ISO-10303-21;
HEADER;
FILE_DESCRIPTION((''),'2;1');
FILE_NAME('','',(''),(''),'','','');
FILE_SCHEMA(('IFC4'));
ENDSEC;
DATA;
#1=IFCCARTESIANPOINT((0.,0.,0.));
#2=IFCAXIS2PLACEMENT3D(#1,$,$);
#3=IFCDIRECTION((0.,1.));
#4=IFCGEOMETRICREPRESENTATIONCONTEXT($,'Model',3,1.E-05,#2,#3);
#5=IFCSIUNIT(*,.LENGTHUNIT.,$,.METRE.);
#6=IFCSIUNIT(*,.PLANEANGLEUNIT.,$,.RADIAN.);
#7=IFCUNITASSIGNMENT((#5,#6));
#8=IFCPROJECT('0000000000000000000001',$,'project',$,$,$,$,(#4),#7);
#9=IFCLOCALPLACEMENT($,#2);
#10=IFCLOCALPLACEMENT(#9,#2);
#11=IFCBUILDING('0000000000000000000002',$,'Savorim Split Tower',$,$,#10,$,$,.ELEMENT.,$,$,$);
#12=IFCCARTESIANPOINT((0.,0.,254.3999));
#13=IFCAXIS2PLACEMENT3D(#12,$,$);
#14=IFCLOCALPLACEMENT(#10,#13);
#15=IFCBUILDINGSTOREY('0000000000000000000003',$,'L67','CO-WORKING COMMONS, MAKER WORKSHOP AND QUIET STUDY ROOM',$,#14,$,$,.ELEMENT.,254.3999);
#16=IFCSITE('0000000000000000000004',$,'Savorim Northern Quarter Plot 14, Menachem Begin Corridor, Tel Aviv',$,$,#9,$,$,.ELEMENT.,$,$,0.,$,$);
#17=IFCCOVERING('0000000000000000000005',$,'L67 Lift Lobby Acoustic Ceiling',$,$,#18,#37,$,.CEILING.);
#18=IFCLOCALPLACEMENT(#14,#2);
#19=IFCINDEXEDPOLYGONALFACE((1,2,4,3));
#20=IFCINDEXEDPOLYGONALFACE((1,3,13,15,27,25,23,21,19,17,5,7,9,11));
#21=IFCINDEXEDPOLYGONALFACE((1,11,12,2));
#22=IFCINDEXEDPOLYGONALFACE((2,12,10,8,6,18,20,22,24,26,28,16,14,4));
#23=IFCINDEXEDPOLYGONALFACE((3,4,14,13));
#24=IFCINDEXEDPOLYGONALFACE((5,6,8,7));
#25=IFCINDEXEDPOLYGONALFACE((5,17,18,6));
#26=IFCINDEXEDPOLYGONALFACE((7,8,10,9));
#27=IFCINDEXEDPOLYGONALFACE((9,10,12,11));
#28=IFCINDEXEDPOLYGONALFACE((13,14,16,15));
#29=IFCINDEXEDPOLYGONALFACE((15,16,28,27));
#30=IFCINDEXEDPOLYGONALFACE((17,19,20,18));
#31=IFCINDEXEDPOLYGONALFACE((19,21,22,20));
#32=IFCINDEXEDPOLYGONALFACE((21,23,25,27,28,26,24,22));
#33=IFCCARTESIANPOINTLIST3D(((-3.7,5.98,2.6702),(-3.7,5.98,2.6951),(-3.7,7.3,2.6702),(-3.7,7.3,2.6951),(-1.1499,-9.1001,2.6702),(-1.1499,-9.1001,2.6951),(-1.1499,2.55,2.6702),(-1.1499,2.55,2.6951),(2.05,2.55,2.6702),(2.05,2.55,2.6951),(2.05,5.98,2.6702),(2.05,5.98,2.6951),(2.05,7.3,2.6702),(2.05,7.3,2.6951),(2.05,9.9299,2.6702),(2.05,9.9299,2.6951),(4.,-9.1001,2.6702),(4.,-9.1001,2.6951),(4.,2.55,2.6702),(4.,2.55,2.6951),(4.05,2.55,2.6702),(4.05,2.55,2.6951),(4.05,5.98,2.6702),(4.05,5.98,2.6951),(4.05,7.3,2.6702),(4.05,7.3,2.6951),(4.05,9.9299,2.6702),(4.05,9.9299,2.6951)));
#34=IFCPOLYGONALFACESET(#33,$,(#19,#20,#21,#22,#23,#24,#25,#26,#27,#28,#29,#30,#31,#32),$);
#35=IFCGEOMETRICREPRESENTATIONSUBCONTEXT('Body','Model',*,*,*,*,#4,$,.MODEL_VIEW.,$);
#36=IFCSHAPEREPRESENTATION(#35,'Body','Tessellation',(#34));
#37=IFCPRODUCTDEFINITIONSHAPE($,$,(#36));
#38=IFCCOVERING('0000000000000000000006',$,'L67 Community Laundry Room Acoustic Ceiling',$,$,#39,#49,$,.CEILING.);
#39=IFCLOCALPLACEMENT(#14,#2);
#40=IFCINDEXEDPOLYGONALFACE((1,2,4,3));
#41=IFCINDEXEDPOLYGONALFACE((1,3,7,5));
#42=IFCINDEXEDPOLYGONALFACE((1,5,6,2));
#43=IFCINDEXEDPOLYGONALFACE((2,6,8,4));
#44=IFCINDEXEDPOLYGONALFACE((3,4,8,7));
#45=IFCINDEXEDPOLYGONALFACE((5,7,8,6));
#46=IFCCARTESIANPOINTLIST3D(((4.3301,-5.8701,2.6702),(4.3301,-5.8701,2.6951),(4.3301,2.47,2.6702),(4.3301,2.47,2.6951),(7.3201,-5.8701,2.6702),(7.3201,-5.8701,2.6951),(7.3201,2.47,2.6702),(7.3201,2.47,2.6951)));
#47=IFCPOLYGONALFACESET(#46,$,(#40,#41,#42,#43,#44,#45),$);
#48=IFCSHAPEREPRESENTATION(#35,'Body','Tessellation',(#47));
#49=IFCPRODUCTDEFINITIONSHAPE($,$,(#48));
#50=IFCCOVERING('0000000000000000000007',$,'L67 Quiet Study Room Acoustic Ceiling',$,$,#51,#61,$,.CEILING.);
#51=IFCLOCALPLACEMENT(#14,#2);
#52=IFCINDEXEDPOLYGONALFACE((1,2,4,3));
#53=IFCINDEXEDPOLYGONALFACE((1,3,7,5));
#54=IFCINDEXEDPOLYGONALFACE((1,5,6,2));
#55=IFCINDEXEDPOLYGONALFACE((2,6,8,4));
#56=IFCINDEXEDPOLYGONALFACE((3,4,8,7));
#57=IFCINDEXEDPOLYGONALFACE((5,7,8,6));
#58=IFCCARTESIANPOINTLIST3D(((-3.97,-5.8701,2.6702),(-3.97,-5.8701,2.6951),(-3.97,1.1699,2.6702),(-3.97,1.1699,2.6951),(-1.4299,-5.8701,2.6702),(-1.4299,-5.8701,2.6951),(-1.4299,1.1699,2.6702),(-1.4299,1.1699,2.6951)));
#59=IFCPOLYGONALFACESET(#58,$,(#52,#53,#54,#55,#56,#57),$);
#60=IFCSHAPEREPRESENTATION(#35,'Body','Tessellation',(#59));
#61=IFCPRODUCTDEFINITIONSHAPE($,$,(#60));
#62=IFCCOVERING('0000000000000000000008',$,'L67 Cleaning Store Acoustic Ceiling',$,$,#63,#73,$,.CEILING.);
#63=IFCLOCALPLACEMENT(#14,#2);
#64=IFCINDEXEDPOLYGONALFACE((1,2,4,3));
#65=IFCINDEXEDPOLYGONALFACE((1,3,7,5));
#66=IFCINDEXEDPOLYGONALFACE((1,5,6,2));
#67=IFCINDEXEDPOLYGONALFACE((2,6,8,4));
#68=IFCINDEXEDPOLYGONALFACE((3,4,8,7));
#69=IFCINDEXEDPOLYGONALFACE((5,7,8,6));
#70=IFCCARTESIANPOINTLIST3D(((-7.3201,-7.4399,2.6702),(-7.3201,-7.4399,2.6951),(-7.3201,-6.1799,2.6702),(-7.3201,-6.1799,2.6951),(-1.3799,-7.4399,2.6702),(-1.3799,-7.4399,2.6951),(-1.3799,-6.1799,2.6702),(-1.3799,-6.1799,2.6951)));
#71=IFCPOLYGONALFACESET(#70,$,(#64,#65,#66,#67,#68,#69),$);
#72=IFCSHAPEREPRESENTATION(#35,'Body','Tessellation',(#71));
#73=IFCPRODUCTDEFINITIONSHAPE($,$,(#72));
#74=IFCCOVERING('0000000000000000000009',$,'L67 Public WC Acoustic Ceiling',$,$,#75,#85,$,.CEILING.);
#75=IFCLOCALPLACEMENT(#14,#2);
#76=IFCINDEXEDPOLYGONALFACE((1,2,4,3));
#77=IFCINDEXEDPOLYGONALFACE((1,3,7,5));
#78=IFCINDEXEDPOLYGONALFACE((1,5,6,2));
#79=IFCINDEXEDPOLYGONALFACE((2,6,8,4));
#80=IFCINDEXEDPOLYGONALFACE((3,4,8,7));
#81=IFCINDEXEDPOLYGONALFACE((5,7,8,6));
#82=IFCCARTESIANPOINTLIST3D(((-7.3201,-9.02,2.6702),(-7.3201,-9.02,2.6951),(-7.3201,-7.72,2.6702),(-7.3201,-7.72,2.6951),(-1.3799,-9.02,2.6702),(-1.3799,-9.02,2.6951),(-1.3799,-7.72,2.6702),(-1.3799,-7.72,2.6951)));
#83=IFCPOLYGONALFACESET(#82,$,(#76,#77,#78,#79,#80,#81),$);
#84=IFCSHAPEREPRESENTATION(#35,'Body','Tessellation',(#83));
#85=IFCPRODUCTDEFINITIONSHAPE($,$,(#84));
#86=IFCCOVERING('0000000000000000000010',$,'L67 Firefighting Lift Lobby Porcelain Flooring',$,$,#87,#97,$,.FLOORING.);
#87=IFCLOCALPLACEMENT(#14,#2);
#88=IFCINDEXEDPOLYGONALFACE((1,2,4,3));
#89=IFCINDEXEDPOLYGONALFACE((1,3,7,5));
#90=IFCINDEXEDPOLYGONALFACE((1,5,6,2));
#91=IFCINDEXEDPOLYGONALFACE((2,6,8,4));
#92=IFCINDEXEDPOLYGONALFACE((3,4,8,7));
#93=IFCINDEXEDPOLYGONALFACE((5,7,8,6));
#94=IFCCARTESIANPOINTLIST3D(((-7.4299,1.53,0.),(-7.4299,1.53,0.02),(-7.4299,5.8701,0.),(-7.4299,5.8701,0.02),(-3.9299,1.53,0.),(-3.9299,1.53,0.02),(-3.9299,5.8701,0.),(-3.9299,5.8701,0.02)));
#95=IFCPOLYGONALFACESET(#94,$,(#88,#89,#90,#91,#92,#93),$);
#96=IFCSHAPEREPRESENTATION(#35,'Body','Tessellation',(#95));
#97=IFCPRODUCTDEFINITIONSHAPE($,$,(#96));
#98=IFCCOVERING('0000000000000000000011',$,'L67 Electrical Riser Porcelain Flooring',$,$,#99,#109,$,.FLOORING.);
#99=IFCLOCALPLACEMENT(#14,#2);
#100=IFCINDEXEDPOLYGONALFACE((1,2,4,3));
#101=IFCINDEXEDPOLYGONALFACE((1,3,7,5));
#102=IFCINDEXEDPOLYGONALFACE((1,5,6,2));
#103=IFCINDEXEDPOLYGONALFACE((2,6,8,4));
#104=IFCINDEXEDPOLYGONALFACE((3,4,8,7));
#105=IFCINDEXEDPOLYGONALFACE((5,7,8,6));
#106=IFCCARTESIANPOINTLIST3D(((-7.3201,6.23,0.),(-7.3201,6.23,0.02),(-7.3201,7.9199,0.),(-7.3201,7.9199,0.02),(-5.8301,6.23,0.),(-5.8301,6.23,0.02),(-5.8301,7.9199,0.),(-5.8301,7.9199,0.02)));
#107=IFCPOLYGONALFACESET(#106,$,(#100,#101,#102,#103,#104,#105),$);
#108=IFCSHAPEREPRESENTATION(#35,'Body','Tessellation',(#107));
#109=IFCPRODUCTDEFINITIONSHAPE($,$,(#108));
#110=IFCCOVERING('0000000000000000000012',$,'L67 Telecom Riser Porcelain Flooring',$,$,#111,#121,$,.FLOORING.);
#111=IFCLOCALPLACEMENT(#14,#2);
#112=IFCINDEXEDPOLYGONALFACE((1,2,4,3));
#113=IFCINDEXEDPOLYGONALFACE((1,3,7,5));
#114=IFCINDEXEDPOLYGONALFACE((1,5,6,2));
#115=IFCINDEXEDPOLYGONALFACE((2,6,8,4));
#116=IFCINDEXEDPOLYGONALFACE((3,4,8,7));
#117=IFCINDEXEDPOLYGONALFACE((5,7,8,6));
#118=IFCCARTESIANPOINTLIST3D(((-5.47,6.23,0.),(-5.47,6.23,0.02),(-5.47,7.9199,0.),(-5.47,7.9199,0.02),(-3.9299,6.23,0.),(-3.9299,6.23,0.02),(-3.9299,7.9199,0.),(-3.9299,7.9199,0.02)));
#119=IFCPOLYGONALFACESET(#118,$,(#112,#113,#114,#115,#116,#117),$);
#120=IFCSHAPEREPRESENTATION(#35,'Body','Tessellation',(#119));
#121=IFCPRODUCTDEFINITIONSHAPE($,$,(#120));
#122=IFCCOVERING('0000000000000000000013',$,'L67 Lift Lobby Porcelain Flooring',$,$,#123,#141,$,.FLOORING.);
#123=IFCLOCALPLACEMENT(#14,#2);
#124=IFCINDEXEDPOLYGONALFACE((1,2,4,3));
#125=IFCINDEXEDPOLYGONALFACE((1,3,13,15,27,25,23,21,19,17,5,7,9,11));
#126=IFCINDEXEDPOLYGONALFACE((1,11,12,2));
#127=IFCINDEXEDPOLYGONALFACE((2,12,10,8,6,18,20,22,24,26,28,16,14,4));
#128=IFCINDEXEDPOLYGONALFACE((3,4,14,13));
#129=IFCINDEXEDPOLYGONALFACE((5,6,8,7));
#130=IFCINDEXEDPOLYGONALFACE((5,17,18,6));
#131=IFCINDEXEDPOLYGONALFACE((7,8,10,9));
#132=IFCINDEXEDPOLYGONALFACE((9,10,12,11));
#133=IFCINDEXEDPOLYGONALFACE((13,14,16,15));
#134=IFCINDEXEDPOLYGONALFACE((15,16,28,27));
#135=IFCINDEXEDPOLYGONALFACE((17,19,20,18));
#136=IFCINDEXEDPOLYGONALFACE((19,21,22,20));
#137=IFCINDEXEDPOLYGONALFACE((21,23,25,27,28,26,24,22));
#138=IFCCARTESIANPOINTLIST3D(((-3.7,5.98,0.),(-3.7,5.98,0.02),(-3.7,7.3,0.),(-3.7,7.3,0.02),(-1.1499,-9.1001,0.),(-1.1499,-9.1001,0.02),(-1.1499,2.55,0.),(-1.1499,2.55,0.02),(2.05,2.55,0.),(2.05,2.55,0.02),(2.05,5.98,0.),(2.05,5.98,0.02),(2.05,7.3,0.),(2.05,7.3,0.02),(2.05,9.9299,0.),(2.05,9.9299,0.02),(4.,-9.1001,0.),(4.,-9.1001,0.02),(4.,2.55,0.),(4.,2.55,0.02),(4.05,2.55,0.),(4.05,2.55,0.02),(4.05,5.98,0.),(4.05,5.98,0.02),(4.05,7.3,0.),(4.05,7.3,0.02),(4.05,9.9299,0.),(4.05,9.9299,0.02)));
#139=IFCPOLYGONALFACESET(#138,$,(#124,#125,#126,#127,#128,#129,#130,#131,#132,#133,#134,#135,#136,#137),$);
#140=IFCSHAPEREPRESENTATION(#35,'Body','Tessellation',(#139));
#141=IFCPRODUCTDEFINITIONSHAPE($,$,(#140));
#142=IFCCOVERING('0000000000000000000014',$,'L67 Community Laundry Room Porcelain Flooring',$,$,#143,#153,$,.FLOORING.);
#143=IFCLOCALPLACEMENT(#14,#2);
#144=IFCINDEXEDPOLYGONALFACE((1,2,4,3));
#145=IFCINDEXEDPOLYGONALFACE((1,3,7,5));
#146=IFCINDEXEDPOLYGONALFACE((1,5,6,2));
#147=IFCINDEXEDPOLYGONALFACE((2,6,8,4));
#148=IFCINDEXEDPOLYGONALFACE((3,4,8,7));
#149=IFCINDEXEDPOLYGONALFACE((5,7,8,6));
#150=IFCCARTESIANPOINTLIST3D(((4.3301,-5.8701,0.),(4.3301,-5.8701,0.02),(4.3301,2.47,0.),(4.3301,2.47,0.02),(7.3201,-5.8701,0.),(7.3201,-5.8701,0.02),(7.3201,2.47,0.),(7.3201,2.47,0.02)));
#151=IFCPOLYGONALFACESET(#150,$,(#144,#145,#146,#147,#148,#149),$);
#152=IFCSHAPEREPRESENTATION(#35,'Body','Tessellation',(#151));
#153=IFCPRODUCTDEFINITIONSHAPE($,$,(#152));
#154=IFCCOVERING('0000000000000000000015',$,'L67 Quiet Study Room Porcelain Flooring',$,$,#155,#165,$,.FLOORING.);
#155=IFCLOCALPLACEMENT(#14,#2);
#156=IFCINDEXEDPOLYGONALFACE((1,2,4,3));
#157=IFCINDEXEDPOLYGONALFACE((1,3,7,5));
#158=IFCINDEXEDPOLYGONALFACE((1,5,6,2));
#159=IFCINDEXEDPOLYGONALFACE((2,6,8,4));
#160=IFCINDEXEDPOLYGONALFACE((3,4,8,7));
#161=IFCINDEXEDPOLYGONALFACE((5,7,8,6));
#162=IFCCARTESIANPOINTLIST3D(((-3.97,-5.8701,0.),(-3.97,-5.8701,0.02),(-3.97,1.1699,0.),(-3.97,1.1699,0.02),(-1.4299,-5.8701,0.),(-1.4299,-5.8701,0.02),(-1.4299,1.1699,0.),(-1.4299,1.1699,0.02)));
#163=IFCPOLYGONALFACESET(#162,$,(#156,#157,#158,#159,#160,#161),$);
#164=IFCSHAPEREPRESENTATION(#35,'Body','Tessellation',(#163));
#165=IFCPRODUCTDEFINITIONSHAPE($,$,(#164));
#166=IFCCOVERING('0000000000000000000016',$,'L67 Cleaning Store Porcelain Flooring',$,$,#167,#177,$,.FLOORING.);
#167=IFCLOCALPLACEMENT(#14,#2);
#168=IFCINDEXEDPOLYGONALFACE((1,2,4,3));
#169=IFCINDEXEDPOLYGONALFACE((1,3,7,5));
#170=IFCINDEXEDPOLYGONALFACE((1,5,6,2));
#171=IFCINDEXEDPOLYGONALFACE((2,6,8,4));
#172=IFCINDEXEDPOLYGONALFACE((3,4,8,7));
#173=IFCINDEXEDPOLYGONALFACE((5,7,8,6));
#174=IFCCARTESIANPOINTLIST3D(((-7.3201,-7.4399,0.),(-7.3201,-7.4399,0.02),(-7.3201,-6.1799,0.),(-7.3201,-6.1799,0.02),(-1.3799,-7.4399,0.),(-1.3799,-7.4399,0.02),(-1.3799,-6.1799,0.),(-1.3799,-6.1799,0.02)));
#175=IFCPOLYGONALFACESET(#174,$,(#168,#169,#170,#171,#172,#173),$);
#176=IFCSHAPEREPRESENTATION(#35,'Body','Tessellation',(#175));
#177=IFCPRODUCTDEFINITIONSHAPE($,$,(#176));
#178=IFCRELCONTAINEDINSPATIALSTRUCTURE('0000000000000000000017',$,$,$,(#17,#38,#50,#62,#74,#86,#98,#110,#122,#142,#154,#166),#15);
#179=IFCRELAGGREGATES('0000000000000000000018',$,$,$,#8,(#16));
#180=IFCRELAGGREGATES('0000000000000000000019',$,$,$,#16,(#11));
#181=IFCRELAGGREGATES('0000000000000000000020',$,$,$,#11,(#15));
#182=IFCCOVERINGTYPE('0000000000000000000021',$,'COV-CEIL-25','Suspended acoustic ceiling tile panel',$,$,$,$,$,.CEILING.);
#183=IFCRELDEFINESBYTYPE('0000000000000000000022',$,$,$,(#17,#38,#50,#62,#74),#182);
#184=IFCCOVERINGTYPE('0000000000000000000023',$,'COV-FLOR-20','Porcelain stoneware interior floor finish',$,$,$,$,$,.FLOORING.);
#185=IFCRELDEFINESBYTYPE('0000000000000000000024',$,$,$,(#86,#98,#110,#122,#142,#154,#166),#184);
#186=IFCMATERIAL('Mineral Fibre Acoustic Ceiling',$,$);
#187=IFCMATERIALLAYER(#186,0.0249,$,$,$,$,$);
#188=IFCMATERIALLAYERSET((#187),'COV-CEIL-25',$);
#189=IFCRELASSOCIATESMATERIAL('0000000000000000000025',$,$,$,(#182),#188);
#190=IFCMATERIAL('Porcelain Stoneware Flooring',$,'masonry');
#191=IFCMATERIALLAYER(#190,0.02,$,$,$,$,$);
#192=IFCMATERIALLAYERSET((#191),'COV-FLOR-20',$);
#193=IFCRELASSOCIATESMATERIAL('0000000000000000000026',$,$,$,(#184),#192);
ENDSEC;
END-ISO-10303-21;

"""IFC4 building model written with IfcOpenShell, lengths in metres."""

from ifc_helpers import new_model, si_unit, direction, frame, origin, place, context, subcontext, project, spatial, polyline, outline, extrude, material, layer, layer_set, type_object, element, save


model = new_model("IFC4")

# Units and contexts
model_context = context("Model", 3, precision=1e-05, world=origin(), true_north=direction((0.0, 1.0)))
body_context = subcontext(model_context, "Body", "Model", "MODEL_VIEW")
ifc_project = project(units=[si_unit("LENGTHUNIT", "METRE"), si_unit("PLANEANGLEUNIT", "RADIAN")], contexts=[model_context])

# Site, building, storey
site_placement = place(None, origin())
site = spatial("IfcSite", under=ifc_project, at=site_placement, Name="Savorim Northern Quarter Plot 14, Menachem Begin Corridor, Tel Aviv", CompositionType="ELEMENT", RefElevation=0.0)
building_placement = place(site_placement, origin())
building = spatial("IfcBuilding", under=site, at=building_placement, Name="Savorim Split Tower", CompositionType="ELEMENT")
storey_placement = place(building_placement, frame((0.0, 0.0, 254.3999)))
storey = spatial("IfcBuildingStorey", under=building, at=storey_placement, Name="L67", Description="CO-WORKING COMMONS, MAKER WORKSHOP AND QUIET STUDY ROOM", CompositionType="ELEMENT", Elevation=254.3999)

# Coverings
ifc_material_1 = material(Name="Mineral Fibre Acoustic Ceiling")
ifc_layer_1 = layer(ifc_material_1, 0.0249)
ifc_layer_set_1 = layer_set([ifc_layer_1], Name="COV-CEIL-25")
covering_type_1 = type_object("IfcCoveringType", Name="COV-CEIL-25", Description="Suspended acoustic ceiling tile panel", PredefinedType="CEILING", material=ifc_layer_set_1)
covering_1_placement = place(storey_placement, frame((0.0, 0.0, 2.6702)))
element("IfcCovering", 1, at=covering_1_placement, inside=storey, type_object=covering_type_1, Name="L67 Lift Lobby Acoustic Ceiling", PredefinedType="CEILING", context=body_context, shape_type="SweptSolid", body=[
    extrude(outline(polyline([(2.05, 2.55), (-1.1499, 2.55), (-1.1499, -9.1001), (4.0, -9.1001), (4.0, 2.55), (4.05, 2.55), (4.05, 5.98), (4.05, 7.3), (4.05, 9.9299), (2.05, 9.9299), (2.05, 7.3), (-3.7, 7.3), (-3.7, 5.98), (2.05, 5.98), (2.05, 2.55)])), origin(), (0.0, 0.0, 1.0), 0.0249),
])
covering_2_placement = place(storey_placement, frame((0.0, 0.0, 2.6702)))
element("IfcCovering", 2, at=covering_2_placement, inside=storey, type_object=covering_type_1, Name="L67 Community Laundry Room Acoustic Ceiling", PredefinedType="CEILING", context=body_context, shape_type="SweptSolid", body=[
    extrude(outline(polyline([(4.3301, 2.47), (4.3301, -5.8701), (7.3201, -5.8701), (7.3201, 2.47), (4.3301, 2.47)])), origin(), (0.0, 0.0, 1.0), 0.0249),
])
covering_3_placement = place(storey_placement, frame((0.0, 0.0, 2.6702)))
element("IfcCovering", 3, at=covering_3_placement, inside=storey, type_object=covering_type_1, Name="L67 Quiet Study Room Acoustic Ceiling", PredefinedType="CEILING", context=body_context, shape_type="SweptSolid", body=[
    extrude(outline(polyline([(-3.97, 1.1699), (-3.97, -5.8701), (-1.4299, -5.8701), (-1.4299, 1.1699), (-3.97, 1.1699)])), origin(), (0.0, 0.0, 1.0), 0.0249),
])
covering_4_placement = place(storey_placement, frame((0.0, 0.0, 2.6702)))
element("IfcCovering", 4, at=covering_4_placement, inside=storey, type_object=covering_type_1, Name="L67 Cleaning Store Acoustic Ceiling", PredefinedType="CEILING", context=body_context, shape_type="SweptSolid", body=[
    extrude(outline(polyline([(-7.3201, -6.1799), (-7.3201, -7.4399), (-1.3799, -7.4399), (-1.3799, -6.1799), (-7.3201, -6.1799)])), origin(), (0.0, 0.0, 1.0), 0.0249),
])
covering_5_placement = place(storey_placement, frame((0.0, 0.0, 2.6702)))
element("IfcCovering", 5, at=covering_5_placement, inside=storey, type_object=covering_type_1, Name="L67 Public WC Acoustic Ceiling", PredefinedType="CEILING", context=body_context, shape_type="SweptSolid", body=[
    extrude(outline(polyline([(-7.3201, -7.72), (-7.3201, -9.02), (-1.3799, -9.02), (-1.3799, -7.72), (-7.3201, -7.72)])), origin(), (0.0, 0.0, 1.0), 0.0249),
])
ifc_material_2 = material(Name="Porcelain Stoneware Flooring", Category="masonry")
ifc_layer_2 = layer(ifc_material_2, 0.02)
ifc_layer_set_2 = layer_set([ifc_layer_2], Name="COV-FLOR-20")
covering_type_2 = type_object("IfcCoveringType", Name="COV-FLOR-20", Description="Porcelain stoneware interior floor finish", PredefinedType="FLOORING", material=ifc_layer_set_2)
covering_6_placement = place(storey_placement, origin())
element("IfcCovering", 6, at=covering_6_placement, inside=storey, type_object=covering_type_2, Name="L67 Firefighting Lift Lobby Porcelain Flooring", PredefinedType="FLOORING", context=body_context, shape_type="SweptSolid", body=[
    extrude(outline(polyline([(-7.4299, 5.8701), (-7.4299, 1.53), (-3.9299, 1.53), (-3.9299, 5.8701), (-7.4299, 5.8701)])), origin(), (0.0, 0.0, 1.0), 0.02),
])
covering_7_placement = place(storey_placement, origin())
element("IfcCovering", 7, at=covering_7_placement, inside=storey, type_object=covering_type_2, Name="L67 Electrical Riser Porcelain Flooring", PredefinedType="FLOORING", context=body_context, shape_type="SweptSolid", body=[
    extrude(outline(polyline([(-7.3201, 7.9199), (-7.3201, 6.23), (-5.8301, 6.23), (-5.8301, 7.9199), (-7.3201, 7.9199)])), origin(), (0.0, 0.0, 1.0), 0.02),
])
covering_8_placement = place(storey_placement, origin())
element("IfcCovering", 8, at=covering_8_placement, inside=storey, type_object=covering_type_2, Name="L67 Telecom Riser Porcelain Flooring", PredefinedType="FLOORING", context=body_context, shape_type="SweptSolid", body=[
    extrude(outline(polyline([(-5.47, 7.9199), (-5.47, 6.23), (-3.9299, 6.23), (-3.9299, 7.9199), (-5.47, 7.9199)])), origin(), (0.0, 0.0, 1.0), 0.02),
])
covering_9_placement = place(storey_placement, origin())
element("IfcCovering", 9, at=covering_9_placement, inside=storey, type_object=covering_type_2, Name="L67 Lift Lobby Porcelain Flooring", PredefinedType="FLOORING", context=body_context, shape_type="SweptSolid", body=[
    extrude(outline(polyline([(2.05, 2.55), (-1.1499, 2.55), (-1.1499, -9.1001), (4.0, -9.1001), (4.0, 2.55), (4.05, 2.55), (4.05, 5.98), (4.05, 7.3), (4.05, 9.9299), (2.05, 9.9299), (2.05, 7.3), (-3.7, 7.3), (-3.7, 5.98), (2.05, 5.98), (2.05, 2.55)])), origin(), (0.0, 0.0, 1.0), 0.02),
])
covering_10_placement = place(storey_placement, origin())
element("IfcCovering", 10, at=covering_10_placement, inside=storey, type_object=covering_type_2, Name="L67 Community Laundry Room Porcelain Flooring", PredefinedType="FLOORING", context=body_context, shape_type="SweptSolid", body=[
    extrude(outline(polyline([(4.3301, 2.47), (4.3301, -5.8701), (7.3201, -5.8701), (7.3201, 2.47), (4.3301, 2.47)])), origin(), (0.0, 0.0, 1.0), 0.02),
])
covering_11_placement = place(storey_placement, origin())
element("IfcCovering", 11, at=covering_11_placement, inside=storey, type_object=covering_type_2, Name="L67 Quiet Study Room Porcelain Flooring", PredefinedType="FLOORING", context=body_context, shape_type="SweptSolid", body=[
    extrude(outline(polyline([(-3.97, 1.1699), (-3.97, -5.8701), (-1.4299, -5.8701), (-1.4299, 1.1699), (-3.97, 1.1699)])), origin(), (0.0, 0.0, 1.0), 0.02),
])
covering_12_placement = place(storey_placement, origin())
element("IfcCovering", 12, at=covering_12_placement, inside=storey, type_object=covering_type_2, Name="L67 Cleaning Store Porcelain Flooring", PredefinedType="FLOORING", context=body_context, shape_type="SweptSolid", body=[
    extrude(outline(polyline([(-7.3201, -6.1799), (-7.3201, -7.4399), (-1.3799, -7.4399), (-1.3799, -6.1799), (-7.3201, -6.1799)])), origin(), (0.0, 0.0, 1.0), 0.02),
])

save(model, "model.ifc")
